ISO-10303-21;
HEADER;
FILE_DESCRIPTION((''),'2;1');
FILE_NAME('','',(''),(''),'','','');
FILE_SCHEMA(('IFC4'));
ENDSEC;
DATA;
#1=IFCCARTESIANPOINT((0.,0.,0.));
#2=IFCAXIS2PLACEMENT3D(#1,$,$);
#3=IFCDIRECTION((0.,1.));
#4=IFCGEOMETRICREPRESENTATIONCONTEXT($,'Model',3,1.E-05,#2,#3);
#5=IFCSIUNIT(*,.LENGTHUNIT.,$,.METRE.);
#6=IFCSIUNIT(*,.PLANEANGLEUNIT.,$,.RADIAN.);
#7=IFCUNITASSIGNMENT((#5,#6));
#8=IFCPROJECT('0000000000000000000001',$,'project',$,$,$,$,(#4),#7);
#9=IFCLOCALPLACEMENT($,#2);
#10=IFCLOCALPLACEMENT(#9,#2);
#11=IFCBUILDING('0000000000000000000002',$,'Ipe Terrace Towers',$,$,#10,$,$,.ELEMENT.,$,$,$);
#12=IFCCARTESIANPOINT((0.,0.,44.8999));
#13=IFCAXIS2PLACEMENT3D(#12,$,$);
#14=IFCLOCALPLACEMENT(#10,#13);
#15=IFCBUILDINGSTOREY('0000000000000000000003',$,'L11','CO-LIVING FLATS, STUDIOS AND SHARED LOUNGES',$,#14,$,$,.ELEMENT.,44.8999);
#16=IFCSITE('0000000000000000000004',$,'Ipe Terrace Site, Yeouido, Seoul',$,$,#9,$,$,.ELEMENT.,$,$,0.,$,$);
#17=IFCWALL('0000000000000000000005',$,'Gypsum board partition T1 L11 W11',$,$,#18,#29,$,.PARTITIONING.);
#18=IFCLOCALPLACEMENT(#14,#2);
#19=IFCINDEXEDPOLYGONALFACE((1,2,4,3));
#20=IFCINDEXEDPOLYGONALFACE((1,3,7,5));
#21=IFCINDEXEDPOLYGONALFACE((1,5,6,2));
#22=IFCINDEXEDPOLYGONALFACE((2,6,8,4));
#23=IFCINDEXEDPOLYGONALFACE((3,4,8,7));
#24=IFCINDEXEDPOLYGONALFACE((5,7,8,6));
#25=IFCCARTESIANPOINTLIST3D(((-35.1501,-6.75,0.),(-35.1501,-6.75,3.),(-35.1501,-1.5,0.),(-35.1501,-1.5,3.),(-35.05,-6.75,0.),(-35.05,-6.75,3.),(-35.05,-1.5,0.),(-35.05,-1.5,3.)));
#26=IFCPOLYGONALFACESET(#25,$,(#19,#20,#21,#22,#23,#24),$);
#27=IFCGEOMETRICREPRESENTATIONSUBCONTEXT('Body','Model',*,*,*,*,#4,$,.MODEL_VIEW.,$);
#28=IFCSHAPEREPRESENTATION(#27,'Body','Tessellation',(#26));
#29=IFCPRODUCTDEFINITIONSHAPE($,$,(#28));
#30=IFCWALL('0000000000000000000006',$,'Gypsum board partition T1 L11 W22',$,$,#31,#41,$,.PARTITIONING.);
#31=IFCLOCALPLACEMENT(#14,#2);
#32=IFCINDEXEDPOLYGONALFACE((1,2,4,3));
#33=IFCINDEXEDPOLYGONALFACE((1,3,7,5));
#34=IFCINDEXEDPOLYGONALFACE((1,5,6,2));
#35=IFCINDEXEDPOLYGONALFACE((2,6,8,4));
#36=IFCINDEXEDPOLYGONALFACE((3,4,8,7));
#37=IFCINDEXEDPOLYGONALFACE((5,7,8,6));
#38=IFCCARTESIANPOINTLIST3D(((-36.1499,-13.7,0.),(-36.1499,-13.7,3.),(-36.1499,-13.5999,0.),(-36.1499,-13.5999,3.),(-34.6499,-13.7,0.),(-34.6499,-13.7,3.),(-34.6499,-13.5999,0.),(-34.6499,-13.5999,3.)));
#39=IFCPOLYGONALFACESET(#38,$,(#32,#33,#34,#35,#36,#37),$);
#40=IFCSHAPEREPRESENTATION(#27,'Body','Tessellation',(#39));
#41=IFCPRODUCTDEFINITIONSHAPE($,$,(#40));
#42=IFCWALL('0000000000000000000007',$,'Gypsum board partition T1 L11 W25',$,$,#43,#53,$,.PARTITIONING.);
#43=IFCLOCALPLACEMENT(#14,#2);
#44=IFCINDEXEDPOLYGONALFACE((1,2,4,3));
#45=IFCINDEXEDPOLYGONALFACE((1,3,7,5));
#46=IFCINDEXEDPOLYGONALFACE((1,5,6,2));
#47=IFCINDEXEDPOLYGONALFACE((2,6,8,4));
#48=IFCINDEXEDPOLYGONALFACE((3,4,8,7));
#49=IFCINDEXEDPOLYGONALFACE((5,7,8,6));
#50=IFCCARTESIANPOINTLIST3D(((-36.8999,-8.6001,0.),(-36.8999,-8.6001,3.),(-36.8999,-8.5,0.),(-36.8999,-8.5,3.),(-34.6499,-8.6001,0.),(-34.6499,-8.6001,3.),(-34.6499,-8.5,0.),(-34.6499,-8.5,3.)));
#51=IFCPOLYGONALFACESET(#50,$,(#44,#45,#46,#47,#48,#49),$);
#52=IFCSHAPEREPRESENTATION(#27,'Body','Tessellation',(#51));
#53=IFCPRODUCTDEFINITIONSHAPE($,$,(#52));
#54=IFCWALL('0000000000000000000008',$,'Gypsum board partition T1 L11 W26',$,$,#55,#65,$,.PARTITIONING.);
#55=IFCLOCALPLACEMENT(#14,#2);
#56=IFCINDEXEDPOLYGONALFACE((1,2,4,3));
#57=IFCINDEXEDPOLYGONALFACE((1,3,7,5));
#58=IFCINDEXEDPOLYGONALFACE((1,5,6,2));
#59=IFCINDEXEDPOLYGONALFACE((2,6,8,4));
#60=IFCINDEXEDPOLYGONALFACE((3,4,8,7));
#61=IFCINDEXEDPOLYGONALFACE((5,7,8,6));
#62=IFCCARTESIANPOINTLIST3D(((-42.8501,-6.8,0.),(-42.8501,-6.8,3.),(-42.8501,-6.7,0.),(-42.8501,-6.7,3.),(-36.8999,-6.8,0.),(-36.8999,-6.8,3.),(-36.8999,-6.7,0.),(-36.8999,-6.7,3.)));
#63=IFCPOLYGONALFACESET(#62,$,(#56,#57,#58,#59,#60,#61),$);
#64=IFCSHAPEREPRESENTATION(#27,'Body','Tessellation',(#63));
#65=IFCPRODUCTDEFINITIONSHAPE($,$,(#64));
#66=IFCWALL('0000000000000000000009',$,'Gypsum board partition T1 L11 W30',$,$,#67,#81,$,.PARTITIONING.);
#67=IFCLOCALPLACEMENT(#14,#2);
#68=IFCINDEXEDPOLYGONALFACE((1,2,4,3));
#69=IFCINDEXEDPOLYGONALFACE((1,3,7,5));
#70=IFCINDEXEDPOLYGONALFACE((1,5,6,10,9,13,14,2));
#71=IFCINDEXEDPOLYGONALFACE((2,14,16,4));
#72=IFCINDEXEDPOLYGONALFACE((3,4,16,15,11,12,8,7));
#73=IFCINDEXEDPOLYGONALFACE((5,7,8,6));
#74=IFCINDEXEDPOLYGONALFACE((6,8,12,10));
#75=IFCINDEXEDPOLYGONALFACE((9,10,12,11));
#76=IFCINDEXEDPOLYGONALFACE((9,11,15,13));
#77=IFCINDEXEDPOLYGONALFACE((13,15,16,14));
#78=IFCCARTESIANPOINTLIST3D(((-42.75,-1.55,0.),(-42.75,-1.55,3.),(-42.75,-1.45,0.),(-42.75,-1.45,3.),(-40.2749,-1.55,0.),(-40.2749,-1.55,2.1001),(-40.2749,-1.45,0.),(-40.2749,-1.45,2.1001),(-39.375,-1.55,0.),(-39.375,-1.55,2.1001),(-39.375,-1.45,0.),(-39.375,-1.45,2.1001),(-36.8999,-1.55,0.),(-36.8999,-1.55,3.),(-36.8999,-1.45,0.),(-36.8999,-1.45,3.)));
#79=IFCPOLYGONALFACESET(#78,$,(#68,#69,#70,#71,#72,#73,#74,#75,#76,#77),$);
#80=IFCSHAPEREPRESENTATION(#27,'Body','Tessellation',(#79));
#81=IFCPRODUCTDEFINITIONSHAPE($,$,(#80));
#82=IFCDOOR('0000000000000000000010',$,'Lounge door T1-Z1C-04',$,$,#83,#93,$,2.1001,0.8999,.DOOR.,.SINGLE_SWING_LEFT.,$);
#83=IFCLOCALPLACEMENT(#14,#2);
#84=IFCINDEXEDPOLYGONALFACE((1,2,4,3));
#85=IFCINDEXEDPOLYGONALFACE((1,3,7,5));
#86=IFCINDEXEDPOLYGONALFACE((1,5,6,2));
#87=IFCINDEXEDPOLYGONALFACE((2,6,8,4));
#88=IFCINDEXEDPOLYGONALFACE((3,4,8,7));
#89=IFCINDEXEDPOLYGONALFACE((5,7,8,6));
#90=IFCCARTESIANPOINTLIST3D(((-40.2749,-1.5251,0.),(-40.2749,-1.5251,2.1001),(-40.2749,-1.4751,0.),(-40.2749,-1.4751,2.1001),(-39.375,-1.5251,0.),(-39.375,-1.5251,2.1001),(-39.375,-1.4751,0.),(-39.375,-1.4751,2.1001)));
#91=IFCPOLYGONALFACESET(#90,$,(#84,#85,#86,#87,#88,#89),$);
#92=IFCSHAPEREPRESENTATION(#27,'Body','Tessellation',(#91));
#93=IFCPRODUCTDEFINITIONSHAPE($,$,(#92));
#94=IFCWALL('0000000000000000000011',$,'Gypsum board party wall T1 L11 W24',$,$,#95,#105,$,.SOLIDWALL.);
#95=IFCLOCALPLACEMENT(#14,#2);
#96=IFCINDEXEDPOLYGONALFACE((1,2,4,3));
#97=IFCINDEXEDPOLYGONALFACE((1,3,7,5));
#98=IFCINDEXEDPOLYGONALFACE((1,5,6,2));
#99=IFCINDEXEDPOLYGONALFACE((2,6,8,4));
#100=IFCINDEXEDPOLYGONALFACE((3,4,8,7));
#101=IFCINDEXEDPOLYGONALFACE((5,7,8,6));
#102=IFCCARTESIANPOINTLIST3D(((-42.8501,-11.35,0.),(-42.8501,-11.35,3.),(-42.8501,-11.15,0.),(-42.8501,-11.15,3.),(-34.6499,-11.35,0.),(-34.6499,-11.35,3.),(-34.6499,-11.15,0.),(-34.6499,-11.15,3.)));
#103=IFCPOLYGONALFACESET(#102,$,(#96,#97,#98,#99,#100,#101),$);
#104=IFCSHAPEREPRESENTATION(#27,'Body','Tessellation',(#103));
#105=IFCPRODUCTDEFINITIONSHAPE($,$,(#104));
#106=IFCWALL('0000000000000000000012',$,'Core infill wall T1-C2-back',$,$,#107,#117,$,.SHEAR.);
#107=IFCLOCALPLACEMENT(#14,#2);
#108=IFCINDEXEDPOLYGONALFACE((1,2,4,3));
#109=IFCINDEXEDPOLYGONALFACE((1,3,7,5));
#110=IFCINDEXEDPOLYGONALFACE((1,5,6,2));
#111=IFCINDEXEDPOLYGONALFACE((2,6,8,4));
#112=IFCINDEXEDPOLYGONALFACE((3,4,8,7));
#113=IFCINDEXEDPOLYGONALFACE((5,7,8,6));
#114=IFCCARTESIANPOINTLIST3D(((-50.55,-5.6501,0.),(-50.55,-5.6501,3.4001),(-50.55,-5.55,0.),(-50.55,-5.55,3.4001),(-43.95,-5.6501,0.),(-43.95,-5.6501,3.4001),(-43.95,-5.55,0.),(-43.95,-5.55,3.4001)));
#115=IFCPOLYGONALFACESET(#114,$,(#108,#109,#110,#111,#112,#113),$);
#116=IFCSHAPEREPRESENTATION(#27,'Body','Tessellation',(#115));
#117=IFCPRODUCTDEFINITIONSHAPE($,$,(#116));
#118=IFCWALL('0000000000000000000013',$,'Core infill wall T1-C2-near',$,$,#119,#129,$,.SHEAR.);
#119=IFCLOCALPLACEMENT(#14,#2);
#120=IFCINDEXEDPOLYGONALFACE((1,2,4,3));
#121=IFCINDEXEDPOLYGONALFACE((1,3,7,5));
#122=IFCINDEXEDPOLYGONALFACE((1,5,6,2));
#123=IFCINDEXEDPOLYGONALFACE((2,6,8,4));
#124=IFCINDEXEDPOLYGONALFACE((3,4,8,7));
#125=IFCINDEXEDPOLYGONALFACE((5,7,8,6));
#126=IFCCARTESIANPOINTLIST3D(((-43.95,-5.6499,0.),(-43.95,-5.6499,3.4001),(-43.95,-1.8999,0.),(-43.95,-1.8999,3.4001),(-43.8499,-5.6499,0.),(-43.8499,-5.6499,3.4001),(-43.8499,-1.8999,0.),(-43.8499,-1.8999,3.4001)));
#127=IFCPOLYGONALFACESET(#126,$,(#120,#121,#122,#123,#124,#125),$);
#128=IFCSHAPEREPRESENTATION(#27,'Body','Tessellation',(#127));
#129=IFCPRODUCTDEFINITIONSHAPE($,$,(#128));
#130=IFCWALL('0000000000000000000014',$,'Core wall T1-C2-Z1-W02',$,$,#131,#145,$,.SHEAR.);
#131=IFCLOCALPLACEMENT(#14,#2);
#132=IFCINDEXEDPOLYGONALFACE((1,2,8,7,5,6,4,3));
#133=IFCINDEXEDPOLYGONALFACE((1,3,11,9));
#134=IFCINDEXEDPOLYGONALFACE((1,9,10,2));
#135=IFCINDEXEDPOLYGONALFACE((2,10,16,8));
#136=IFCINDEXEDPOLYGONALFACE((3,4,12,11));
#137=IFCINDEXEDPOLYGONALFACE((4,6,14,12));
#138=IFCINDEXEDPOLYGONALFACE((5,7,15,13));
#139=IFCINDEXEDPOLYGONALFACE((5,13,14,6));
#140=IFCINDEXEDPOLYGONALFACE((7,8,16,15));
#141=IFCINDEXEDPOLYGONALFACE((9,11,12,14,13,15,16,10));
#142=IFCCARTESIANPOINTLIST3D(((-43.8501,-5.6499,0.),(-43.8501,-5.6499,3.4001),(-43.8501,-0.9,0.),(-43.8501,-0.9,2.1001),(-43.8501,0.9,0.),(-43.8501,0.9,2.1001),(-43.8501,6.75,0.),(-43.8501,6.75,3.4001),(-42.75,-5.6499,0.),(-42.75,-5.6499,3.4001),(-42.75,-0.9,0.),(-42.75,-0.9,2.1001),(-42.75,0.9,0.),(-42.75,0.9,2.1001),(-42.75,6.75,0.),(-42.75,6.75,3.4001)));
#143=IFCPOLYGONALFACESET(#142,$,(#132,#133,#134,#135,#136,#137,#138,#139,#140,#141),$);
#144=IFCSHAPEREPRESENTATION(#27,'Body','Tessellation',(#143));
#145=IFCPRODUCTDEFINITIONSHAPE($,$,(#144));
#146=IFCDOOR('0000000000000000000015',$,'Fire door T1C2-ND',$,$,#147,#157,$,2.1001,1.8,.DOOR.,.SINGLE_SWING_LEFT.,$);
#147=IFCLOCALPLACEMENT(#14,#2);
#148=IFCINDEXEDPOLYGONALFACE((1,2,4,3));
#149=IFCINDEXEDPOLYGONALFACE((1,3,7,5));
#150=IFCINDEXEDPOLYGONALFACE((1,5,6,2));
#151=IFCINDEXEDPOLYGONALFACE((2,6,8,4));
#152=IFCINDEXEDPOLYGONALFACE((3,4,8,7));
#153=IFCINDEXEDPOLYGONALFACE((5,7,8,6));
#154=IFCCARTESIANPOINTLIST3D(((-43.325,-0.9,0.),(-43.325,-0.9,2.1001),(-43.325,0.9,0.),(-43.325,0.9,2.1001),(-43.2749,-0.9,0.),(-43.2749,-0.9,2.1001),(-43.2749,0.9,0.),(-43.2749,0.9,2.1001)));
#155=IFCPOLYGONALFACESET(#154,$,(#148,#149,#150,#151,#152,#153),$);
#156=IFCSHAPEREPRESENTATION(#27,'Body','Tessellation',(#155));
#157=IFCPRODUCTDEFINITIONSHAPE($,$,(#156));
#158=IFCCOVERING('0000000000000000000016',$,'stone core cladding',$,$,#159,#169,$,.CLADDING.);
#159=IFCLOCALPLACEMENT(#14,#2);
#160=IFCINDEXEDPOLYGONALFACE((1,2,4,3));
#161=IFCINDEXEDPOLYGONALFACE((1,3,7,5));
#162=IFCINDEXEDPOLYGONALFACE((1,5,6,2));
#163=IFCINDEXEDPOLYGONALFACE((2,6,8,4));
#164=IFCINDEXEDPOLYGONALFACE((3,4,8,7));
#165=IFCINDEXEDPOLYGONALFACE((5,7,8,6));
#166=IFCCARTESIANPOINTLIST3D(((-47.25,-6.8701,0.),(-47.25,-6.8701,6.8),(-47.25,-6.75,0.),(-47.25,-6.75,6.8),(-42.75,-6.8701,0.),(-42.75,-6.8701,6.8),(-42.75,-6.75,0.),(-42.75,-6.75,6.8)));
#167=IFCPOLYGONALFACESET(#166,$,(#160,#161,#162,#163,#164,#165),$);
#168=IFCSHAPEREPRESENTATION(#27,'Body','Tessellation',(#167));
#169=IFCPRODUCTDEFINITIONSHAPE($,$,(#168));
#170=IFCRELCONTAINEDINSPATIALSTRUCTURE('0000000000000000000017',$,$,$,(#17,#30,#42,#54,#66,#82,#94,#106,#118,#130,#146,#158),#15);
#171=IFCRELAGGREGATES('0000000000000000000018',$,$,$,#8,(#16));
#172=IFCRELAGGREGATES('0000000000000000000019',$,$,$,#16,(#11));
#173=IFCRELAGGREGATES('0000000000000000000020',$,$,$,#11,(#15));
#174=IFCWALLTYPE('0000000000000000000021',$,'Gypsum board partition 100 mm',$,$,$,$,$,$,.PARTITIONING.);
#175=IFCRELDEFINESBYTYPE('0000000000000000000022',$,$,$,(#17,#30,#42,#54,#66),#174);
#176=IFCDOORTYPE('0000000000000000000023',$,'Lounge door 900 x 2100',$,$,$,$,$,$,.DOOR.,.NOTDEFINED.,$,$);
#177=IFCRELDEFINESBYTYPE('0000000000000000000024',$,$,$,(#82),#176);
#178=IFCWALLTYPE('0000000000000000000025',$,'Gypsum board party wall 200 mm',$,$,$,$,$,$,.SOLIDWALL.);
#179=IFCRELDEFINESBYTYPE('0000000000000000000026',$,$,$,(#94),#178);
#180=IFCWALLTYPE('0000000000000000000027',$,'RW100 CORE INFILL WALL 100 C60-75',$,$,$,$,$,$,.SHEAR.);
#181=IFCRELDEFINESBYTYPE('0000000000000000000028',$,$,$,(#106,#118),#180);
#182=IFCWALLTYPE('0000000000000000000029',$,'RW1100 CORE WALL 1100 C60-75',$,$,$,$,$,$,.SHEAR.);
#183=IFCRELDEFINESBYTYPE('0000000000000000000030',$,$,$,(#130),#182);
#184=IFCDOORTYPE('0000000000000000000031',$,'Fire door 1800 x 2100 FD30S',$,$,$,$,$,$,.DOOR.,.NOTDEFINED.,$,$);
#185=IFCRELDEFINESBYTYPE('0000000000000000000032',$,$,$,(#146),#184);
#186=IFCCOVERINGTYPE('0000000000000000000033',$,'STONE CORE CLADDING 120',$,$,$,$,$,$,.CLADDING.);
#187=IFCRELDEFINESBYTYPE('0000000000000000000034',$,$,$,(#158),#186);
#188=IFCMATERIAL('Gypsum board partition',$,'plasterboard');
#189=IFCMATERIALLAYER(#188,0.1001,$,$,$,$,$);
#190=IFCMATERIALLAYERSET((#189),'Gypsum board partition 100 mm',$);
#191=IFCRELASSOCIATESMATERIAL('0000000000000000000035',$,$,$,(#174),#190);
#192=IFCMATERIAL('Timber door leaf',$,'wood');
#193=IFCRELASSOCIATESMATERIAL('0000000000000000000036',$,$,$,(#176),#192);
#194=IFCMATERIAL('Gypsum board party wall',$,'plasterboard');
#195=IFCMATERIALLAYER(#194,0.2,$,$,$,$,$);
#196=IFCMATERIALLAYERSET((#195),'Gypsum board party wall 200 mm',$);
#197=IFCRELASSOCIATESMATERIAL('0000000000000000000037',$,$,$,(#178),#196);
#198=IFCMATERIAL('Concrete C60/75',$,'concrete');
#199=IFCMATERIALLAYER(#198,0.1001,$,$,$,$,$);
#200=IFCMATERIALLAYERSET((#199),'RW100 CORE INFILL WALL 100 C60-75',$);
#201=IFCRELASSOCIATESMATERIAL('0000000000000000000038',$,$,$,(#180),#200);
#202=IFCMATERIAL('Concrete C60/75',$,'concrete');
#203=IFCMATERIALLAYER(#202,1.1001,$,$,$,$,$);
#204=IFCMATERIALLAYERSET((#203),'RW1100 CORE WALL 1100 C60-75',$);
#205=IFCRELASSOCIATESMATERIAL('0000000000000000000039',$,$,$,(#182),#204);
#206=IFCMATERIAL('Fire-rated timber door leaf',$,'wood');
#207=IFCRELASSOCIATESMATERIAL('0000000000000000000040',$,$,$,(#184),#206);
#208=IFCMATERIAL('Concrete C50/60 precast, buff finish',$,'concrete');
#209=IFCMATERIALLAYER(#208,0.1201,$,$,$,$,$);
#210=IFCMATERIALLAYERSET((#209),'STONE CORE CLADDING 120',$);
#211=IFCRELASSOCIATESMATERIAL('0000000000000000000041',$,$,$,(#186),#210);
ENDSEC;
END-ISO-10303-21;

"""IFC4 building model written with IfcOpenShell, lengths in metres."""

from ifc_helpers import new_model, si_unit, direction, frame, frame_2d, origin, origin_2d, place, context, subcontext, project, spatial, rectangle, extrude, material, layer, layer_set, type_object, element, fill, save


model = new_model("IFC4")

# Units and contexts
model_context = context("Model", 3, precision=1e-05, world=origin(), true_north=direction((0.0, 1.0)))
body_context = subcontext(model_context, "Body", "Model", "MODEL_VIEW")
ifc_project = project(units=[si_unit("LENGTHUNIT", "METRE"), si_unit("PLANEANGLEUNIT", "RADIAN")], contexts=[model_context])

# Site, building, storey
site_placement = place(None, origin())
site = spatial("IfcSite", under=ifc_project, at=site_placement, Name="Ipe Terrace Site, Yeouido, Seoul", CompositionType="ELEMENT", RefElevation=0.0)
building_placement = place(site_placement, origin())
building = spatial("IfcBuilding", under=site, at=building_placement, Name="Ipe Terrace Towers", CompositionType="ELEMENT")
storey_placement = place(building_placement, frame((0.0, 0.0, 44.8999)))
storey = spatial("IfcBuildingStorey", under=building, at=storey_placement, Name="L11", Description="CO-LIVING FLATS, STUDIOS AND SHARED LOUNGES", CompositionType="ELEMENT", Elevation=44.8999)

# Shared definitions
ifc_material_1 = material(Name="Gypsum board partition", Category="plasterboard")
ifc_layer_1 = layer(ifc_material_1, 0.1001)
ifc_layer_set_1 = layer_set([ifc_layer_1], Name="Gypsum board partition 100 mm")
wall_type_1 = type_object("IfcWallType", Name="Gypsum board partition 100 mm", PredefinedType="PARTITIONING", material=ifc_layer_set_1)

# Walls
wall_1_placement = place(storey_placement, frame((-35.1001, -6.75, 0.0), z_axis=(0.0, 0.0, 1.0), x_axis=(0.0, 1.0, 0.0)))
element("IfcWall", 1, at=wall_1_placement, inside=storey, type_object=wall_type_1, Name="Gypsum board partition T1 L11 W11", PredefinedType="PARTITIONING", context=body_context, shape_type="SweptSolid", body=[
    extrude(rectangle(XDim=5.25, YDim=0.1001, at=frame_2d((2.625, 0.0))), origin(), (0.0, 0.0, 1.0), 3.0),
])
wall_2_placement = place(storey_placement, frame((-36.1499, -13.6499, 0.0), z_axis=(0.0, 0.0, 1.0), x_axis=(1.0, 0.0, 0.0)))
element("IfcWall", 2, at=wall_2_placement, inside=storey, type_object=wall_type_1, Name="Gypsum board partition T1 L11 W22", PredefinedType="PARTITIONING", context=body_context, shape_type="SweptSolid", body=[
    extrude(rectangle(XDim=1.5, YDim=0.1001, at=frame_2d((0.75, 0.0))), origin(), (0.0, 0.0, 1.0), 3.0),
])
wall_3_placement = place(storey_placement, frame((-36.8999, -8.55, 0.0), z_axis=(0.0, 0.0, 1.0), x_axis=(1.0, 0.0, 0.0)))
element("IfcWall", 3, at=wall_3_placement, inside=storey, type_object=wall_type_1, Name="Gypsum board partition T1 L11 W25", PredefinedType="PARTITIONING", context=body_context, shape_type="SweptSolid", body=[
    extrude(rectangle(XDim=2.25, YDim=0.1001, at=frame_2d((1.125, 0.0))), origin(), (0.0, 0.0, 1.0), 3.0),
])
wall_4_placement = place(storey_placement, frame((-42.8501, -6.75, 0.0), z_axis=(0.0, 0.0, 1.0), x_axis=(1.0, 0.0, 0.0)))
element("IfcWall", 4, at=wall_4_placement, inside=storey, type_object=wall_type_1, Name="Gypsum board partition T1 L11 W26", PredefinedType="PARTITIONING", context=body_context, shape_type="SweptSolid", body=[
    extrude(rectangle(XDim=5.9502, YDim=0.1001, at=frame_2d((2.9751, 0.0))), origin(), (0.0, 0.0, 1.0), 3.0),
])

# Wall, opening, door
wall_5_placement = place(storey_placement, frame((-42.75, -1.5, 0.0), z_axis=(0.0, 0.0, 1.0), x_axis=(1.0, 0.0, 0.0)))
wall_5 = element("IfcWall", 5, at=wall_5_placement, inside=storey, type_object=wall_type_1, Name="Gypsum board partition T1 L11 W30", PredefinedType="PARTITIONING", context=body_context, shape_type="SweptSolid", body=[
    extrude(rectangle(XDim=5.8501, YDim=0.1001, at=frame_2d((2.925, 0.0))), origin(), (0.0, 0.0, 1.0), 3.0),
])
opening_1_placement = place(wall_5_placement, frame((2.4751, 0.0, 0.0)))
opening_1 = element("IfcOpeningElement", 6, at=opening_1_placement, cuts=wall_5, PredefinedType="OPENING", context=body_context, shape_type="SweptSolid", body=[
    extrude(rectangle(XDim=0.8999, YDim=2.1001, at=frame_2d((0.45, 1.05))), frame((0.0, 0.0601, 0.0), z_axis=(0.0, -1.0, 0.0), x_axis=(1.0, 0.0, 0.0)), (0.0, 0.0, 1.0), 0.1201),
])
ifc_material_2 = material(Name="Timber door leaf", Category="wood")
door_type_1 = type_object("IfcDoorType", Name="Lounge door 900 x 2100", OperationType="NOTDEFINED", PredefinedType="DOOR", material=ifc_material_2)
door_1_placement = place(opening_1_placement, origin())
door_1 = element("IfcDoor", 7, at=door_1_placement, inside=storey, type_object=door_type_1, Name="Lounge door T1-Z1C-04", OperationType="SINGLE_SWING_LEFT", OverallHeight=2.1001, OverallWidth=0.8999, PredefinedType="DOOR", context=body_context, shape_type="SweptSolid", body=[
    extrude(rectangle(XDim=0.8999, YDim=2.1001, at=frame_2d((0.45, 1.05))), frame((0.0, 0.0249, 0.0), z_axis=(0.0, -1.0, 0.0), x_axis=(1.0, 0.0, 0.0)), (0.0, 0.0, 1.0), 0.05),
])
fill(opening_1, door_1)

# Walls
ifc_material_3 = material(Name="Gypsum board party wall", Category="plasterboard")
ifc_layer_2 = layer(ifc_material_3, 0.2)
ifc_layer_set_2 = layer_set([ifc_layer_2], Name="Gypsum board party wall 200 mm")
wall_type_2 = type_object("IfcWallType", Name="Gypsum board party wall 200 mm", PredefinedType="SOLIDWALL", material=ifc_layer_set_2)
wall_6_placement = place(storey_placement, frame((-42.8501, -11.25, 0.0), z_axis=(0.0, 0.0, 1.0), x_axis=(1.0, 0.0, 0.0)))
element("IfcWall", 8, at=wall_6_placement, inside=storey, type_object=wall_type_2, Name="Gypsum board party wall T1 L11 W24", PredefinedType="SOLIDWALL", context=body_context, shape_type="SweptSolid", body=[
    extrude(rectangle(XDim=8.2002, YDim=0.2, at=frame_2d((4.1001, 0.0))), origin(), (0.0, 0.0, 1.0), 3.0),
])
ifc_material_4 = material(Name="Concrete C60/75", Category="concrete")
ifc_layer_3 = layer(ifc_material_4, 0.1001)
ifc_layer_set_3 = layer_set([ifc_layer_3], Name="RW100 CORE INFILL WALL 100 C60-75")
wall_type_3 = type_object("IfcWallType", Name="RW100 CORE INFILL WALL 100 C60-75", PredefinedType="SHEAR", material=ifc_layer_set_3)
wall_7_placement = place(storey_placement, frame((-43.95, -5.6001, 0.0), z_axis=(0.0, 0.0, 1.0), x_axis=(-1.0, 0.0, 0.0)))
element("IfcWall", 9, at=wall_7_placement, inside=storey, type_object=wall_type_3, Name="Core infill wall T1-C2-back", PredefinedType="SHEAR", context=body_context, shape_type="SweptSolid", body=[
    extrude(rectangle(XDim=6.6001, YDim=0.1001, at=frame_2d((3.3, 0.0))), origin(), (0.0, 0.0, 1.0), 3.4001),
])
wall_8_placement = place(storey_placement, frame((-43.8999, -1.8999, 0.0), z_axis=(0.0, 0.0, 1.0), x_axis=(0.0, -1.0, 0.0)))
element("IfcWall", 10, at=wall_8_placement, inside=storey, type_object=wall_type_3, Name="Core infill wall T1-C2-near", PredefinedType="SHEAR", context=body_context, shape_type="SweptSolid", body=[
    extrude(rectangle(XDim=3.75, YDim=0.1001, at=frame_2d((1.875, 0.0))), origin(), (0.0, 0.0, 1.0), 3.4001),
])

# Wall, opening, door
ifc_material_5 = material(Name="Concrete C60/75", Category="concrete")
ifc_layer_4 = layer(ifc_material_5, 1.1001)
ifc_layer_set_4 = layer_set([ifc_layer_4], Name="RW1100 CORE WALL 1100 C60-75")
wall_type_4 = type_object("IfcWallType", Name="RW1100 CORE WALL 1100 C60-75", PredefinedType="SHEAR", material=ifc_layer_set_4)
wall_9_placement = place(storey_placement, frame((-43.3, -5.6499, 0.0), z_axis=(0.0, 0.0, 1.0), x_axis=(0.0, 1.0, 0.0)))
wall_9 = element("IfcWall", 11, at=wall_9_placement, inside=storey, type_object=wall_type_4, Name="Core wall T1-C2-Z1-W02", PredefinedType="SHEAR", context=body_context, shape_type="SweptSolid", body=[
    extrude(rectangle(XDim=12.3999, YDim=1.1001, at=frame_2d((6.2, 0.0))), origin(), (0.0, 0.0, 1.0), 3.4001),
])
opening_2_placement = place(wall_9_placement, frame((4.75, 0.0, 0.0)))
opening_2 = element("IfcOpeningElement", 12, at=opening_2_placement, cuts=wall_9, PredefinedType="OPENING", context=body_context, shape_type="SweptSolid", body=[
    extrude(rectangle(XDim=1.8, YDim=2.1001, at=frame_2d((0.8999, 1.05))), frame((0.0, 0.5601, 0.0), z_axis=(0.0, -1.0, 0.0), x_axis=(1.0, 0.0, 0.0)), (0.0, 0.0, 1.0), 1.1201),
])
ifc_material_6 = material(Name="Fire-rated timber door leaf", Category="wood")
door_type_2 = type_object("IfcDoorType", Name="Fire door 1800 x 2100 FD30S", OperationType="NOTDEFINED", PredefinedType="DOOR", material=ifc_material_6)
door_2_placement = place(opening_2_placement, origin())
door_2 = element("IfcDoor", 13, at=door_2_placement, inside=storey, type_object=door_type_2, Name="Fire door T1C2-ND", OperationType="SINGLE_SWING_LEFT", OverallHeight=2.1001, OverallWidth=1.8, PredefinedType="DOOR", context=body_context, shape_type="SweptSolid", body=[
    extrude(rectangle(XDim=1.8, YDim=2.1001, at=frame_2d((0.8999, 1.05))), frame((0.0, 0.0249, 0.0), z_axis=(0.0, -1.0, 0.0), x_axis=(1.0, 0.0, 0.0)), (0.0, 0.0, 1.0), 0.05),
])
fill(opening_2, door_2)

# Covering
ifc_material_7 = material(Name="Concrete C50/60 precast, buff finish", Category="concrete")
ifc_layer_5 = layer(ifc_material_7, 0.1201)
ifc_layer_set_5 = layer_set([ifc_layer_5], Name="STONE CORE CLADDING 120")
covering_type = type_object("IfcCoveringType", Name="STONE CORE CLADDING 120", PredefinedType="CLADDING", material=ifc_layer_set_5)
covering_placement = place(storey_placement, frame((-45.0, -6.8101, 0.0), z_axis=(0.0, 0.0, 1.0), x_axis=(1.0, 0.0, 0.0)))
element("IfcCovering", 14, at=covering_placement, inside=storey, type_object=covering_type, Name="stone core cladding", PredefinedType="CLADDING", context=body_context, shape_type="SweptSolid", body=[
    extrude(rectangle(XDim=4.5, YDim=0.1201, at=origin_2d()), origin(), (0.0, 0.0, 1.0), 6.8),
])

save(model, "model.ifc")
